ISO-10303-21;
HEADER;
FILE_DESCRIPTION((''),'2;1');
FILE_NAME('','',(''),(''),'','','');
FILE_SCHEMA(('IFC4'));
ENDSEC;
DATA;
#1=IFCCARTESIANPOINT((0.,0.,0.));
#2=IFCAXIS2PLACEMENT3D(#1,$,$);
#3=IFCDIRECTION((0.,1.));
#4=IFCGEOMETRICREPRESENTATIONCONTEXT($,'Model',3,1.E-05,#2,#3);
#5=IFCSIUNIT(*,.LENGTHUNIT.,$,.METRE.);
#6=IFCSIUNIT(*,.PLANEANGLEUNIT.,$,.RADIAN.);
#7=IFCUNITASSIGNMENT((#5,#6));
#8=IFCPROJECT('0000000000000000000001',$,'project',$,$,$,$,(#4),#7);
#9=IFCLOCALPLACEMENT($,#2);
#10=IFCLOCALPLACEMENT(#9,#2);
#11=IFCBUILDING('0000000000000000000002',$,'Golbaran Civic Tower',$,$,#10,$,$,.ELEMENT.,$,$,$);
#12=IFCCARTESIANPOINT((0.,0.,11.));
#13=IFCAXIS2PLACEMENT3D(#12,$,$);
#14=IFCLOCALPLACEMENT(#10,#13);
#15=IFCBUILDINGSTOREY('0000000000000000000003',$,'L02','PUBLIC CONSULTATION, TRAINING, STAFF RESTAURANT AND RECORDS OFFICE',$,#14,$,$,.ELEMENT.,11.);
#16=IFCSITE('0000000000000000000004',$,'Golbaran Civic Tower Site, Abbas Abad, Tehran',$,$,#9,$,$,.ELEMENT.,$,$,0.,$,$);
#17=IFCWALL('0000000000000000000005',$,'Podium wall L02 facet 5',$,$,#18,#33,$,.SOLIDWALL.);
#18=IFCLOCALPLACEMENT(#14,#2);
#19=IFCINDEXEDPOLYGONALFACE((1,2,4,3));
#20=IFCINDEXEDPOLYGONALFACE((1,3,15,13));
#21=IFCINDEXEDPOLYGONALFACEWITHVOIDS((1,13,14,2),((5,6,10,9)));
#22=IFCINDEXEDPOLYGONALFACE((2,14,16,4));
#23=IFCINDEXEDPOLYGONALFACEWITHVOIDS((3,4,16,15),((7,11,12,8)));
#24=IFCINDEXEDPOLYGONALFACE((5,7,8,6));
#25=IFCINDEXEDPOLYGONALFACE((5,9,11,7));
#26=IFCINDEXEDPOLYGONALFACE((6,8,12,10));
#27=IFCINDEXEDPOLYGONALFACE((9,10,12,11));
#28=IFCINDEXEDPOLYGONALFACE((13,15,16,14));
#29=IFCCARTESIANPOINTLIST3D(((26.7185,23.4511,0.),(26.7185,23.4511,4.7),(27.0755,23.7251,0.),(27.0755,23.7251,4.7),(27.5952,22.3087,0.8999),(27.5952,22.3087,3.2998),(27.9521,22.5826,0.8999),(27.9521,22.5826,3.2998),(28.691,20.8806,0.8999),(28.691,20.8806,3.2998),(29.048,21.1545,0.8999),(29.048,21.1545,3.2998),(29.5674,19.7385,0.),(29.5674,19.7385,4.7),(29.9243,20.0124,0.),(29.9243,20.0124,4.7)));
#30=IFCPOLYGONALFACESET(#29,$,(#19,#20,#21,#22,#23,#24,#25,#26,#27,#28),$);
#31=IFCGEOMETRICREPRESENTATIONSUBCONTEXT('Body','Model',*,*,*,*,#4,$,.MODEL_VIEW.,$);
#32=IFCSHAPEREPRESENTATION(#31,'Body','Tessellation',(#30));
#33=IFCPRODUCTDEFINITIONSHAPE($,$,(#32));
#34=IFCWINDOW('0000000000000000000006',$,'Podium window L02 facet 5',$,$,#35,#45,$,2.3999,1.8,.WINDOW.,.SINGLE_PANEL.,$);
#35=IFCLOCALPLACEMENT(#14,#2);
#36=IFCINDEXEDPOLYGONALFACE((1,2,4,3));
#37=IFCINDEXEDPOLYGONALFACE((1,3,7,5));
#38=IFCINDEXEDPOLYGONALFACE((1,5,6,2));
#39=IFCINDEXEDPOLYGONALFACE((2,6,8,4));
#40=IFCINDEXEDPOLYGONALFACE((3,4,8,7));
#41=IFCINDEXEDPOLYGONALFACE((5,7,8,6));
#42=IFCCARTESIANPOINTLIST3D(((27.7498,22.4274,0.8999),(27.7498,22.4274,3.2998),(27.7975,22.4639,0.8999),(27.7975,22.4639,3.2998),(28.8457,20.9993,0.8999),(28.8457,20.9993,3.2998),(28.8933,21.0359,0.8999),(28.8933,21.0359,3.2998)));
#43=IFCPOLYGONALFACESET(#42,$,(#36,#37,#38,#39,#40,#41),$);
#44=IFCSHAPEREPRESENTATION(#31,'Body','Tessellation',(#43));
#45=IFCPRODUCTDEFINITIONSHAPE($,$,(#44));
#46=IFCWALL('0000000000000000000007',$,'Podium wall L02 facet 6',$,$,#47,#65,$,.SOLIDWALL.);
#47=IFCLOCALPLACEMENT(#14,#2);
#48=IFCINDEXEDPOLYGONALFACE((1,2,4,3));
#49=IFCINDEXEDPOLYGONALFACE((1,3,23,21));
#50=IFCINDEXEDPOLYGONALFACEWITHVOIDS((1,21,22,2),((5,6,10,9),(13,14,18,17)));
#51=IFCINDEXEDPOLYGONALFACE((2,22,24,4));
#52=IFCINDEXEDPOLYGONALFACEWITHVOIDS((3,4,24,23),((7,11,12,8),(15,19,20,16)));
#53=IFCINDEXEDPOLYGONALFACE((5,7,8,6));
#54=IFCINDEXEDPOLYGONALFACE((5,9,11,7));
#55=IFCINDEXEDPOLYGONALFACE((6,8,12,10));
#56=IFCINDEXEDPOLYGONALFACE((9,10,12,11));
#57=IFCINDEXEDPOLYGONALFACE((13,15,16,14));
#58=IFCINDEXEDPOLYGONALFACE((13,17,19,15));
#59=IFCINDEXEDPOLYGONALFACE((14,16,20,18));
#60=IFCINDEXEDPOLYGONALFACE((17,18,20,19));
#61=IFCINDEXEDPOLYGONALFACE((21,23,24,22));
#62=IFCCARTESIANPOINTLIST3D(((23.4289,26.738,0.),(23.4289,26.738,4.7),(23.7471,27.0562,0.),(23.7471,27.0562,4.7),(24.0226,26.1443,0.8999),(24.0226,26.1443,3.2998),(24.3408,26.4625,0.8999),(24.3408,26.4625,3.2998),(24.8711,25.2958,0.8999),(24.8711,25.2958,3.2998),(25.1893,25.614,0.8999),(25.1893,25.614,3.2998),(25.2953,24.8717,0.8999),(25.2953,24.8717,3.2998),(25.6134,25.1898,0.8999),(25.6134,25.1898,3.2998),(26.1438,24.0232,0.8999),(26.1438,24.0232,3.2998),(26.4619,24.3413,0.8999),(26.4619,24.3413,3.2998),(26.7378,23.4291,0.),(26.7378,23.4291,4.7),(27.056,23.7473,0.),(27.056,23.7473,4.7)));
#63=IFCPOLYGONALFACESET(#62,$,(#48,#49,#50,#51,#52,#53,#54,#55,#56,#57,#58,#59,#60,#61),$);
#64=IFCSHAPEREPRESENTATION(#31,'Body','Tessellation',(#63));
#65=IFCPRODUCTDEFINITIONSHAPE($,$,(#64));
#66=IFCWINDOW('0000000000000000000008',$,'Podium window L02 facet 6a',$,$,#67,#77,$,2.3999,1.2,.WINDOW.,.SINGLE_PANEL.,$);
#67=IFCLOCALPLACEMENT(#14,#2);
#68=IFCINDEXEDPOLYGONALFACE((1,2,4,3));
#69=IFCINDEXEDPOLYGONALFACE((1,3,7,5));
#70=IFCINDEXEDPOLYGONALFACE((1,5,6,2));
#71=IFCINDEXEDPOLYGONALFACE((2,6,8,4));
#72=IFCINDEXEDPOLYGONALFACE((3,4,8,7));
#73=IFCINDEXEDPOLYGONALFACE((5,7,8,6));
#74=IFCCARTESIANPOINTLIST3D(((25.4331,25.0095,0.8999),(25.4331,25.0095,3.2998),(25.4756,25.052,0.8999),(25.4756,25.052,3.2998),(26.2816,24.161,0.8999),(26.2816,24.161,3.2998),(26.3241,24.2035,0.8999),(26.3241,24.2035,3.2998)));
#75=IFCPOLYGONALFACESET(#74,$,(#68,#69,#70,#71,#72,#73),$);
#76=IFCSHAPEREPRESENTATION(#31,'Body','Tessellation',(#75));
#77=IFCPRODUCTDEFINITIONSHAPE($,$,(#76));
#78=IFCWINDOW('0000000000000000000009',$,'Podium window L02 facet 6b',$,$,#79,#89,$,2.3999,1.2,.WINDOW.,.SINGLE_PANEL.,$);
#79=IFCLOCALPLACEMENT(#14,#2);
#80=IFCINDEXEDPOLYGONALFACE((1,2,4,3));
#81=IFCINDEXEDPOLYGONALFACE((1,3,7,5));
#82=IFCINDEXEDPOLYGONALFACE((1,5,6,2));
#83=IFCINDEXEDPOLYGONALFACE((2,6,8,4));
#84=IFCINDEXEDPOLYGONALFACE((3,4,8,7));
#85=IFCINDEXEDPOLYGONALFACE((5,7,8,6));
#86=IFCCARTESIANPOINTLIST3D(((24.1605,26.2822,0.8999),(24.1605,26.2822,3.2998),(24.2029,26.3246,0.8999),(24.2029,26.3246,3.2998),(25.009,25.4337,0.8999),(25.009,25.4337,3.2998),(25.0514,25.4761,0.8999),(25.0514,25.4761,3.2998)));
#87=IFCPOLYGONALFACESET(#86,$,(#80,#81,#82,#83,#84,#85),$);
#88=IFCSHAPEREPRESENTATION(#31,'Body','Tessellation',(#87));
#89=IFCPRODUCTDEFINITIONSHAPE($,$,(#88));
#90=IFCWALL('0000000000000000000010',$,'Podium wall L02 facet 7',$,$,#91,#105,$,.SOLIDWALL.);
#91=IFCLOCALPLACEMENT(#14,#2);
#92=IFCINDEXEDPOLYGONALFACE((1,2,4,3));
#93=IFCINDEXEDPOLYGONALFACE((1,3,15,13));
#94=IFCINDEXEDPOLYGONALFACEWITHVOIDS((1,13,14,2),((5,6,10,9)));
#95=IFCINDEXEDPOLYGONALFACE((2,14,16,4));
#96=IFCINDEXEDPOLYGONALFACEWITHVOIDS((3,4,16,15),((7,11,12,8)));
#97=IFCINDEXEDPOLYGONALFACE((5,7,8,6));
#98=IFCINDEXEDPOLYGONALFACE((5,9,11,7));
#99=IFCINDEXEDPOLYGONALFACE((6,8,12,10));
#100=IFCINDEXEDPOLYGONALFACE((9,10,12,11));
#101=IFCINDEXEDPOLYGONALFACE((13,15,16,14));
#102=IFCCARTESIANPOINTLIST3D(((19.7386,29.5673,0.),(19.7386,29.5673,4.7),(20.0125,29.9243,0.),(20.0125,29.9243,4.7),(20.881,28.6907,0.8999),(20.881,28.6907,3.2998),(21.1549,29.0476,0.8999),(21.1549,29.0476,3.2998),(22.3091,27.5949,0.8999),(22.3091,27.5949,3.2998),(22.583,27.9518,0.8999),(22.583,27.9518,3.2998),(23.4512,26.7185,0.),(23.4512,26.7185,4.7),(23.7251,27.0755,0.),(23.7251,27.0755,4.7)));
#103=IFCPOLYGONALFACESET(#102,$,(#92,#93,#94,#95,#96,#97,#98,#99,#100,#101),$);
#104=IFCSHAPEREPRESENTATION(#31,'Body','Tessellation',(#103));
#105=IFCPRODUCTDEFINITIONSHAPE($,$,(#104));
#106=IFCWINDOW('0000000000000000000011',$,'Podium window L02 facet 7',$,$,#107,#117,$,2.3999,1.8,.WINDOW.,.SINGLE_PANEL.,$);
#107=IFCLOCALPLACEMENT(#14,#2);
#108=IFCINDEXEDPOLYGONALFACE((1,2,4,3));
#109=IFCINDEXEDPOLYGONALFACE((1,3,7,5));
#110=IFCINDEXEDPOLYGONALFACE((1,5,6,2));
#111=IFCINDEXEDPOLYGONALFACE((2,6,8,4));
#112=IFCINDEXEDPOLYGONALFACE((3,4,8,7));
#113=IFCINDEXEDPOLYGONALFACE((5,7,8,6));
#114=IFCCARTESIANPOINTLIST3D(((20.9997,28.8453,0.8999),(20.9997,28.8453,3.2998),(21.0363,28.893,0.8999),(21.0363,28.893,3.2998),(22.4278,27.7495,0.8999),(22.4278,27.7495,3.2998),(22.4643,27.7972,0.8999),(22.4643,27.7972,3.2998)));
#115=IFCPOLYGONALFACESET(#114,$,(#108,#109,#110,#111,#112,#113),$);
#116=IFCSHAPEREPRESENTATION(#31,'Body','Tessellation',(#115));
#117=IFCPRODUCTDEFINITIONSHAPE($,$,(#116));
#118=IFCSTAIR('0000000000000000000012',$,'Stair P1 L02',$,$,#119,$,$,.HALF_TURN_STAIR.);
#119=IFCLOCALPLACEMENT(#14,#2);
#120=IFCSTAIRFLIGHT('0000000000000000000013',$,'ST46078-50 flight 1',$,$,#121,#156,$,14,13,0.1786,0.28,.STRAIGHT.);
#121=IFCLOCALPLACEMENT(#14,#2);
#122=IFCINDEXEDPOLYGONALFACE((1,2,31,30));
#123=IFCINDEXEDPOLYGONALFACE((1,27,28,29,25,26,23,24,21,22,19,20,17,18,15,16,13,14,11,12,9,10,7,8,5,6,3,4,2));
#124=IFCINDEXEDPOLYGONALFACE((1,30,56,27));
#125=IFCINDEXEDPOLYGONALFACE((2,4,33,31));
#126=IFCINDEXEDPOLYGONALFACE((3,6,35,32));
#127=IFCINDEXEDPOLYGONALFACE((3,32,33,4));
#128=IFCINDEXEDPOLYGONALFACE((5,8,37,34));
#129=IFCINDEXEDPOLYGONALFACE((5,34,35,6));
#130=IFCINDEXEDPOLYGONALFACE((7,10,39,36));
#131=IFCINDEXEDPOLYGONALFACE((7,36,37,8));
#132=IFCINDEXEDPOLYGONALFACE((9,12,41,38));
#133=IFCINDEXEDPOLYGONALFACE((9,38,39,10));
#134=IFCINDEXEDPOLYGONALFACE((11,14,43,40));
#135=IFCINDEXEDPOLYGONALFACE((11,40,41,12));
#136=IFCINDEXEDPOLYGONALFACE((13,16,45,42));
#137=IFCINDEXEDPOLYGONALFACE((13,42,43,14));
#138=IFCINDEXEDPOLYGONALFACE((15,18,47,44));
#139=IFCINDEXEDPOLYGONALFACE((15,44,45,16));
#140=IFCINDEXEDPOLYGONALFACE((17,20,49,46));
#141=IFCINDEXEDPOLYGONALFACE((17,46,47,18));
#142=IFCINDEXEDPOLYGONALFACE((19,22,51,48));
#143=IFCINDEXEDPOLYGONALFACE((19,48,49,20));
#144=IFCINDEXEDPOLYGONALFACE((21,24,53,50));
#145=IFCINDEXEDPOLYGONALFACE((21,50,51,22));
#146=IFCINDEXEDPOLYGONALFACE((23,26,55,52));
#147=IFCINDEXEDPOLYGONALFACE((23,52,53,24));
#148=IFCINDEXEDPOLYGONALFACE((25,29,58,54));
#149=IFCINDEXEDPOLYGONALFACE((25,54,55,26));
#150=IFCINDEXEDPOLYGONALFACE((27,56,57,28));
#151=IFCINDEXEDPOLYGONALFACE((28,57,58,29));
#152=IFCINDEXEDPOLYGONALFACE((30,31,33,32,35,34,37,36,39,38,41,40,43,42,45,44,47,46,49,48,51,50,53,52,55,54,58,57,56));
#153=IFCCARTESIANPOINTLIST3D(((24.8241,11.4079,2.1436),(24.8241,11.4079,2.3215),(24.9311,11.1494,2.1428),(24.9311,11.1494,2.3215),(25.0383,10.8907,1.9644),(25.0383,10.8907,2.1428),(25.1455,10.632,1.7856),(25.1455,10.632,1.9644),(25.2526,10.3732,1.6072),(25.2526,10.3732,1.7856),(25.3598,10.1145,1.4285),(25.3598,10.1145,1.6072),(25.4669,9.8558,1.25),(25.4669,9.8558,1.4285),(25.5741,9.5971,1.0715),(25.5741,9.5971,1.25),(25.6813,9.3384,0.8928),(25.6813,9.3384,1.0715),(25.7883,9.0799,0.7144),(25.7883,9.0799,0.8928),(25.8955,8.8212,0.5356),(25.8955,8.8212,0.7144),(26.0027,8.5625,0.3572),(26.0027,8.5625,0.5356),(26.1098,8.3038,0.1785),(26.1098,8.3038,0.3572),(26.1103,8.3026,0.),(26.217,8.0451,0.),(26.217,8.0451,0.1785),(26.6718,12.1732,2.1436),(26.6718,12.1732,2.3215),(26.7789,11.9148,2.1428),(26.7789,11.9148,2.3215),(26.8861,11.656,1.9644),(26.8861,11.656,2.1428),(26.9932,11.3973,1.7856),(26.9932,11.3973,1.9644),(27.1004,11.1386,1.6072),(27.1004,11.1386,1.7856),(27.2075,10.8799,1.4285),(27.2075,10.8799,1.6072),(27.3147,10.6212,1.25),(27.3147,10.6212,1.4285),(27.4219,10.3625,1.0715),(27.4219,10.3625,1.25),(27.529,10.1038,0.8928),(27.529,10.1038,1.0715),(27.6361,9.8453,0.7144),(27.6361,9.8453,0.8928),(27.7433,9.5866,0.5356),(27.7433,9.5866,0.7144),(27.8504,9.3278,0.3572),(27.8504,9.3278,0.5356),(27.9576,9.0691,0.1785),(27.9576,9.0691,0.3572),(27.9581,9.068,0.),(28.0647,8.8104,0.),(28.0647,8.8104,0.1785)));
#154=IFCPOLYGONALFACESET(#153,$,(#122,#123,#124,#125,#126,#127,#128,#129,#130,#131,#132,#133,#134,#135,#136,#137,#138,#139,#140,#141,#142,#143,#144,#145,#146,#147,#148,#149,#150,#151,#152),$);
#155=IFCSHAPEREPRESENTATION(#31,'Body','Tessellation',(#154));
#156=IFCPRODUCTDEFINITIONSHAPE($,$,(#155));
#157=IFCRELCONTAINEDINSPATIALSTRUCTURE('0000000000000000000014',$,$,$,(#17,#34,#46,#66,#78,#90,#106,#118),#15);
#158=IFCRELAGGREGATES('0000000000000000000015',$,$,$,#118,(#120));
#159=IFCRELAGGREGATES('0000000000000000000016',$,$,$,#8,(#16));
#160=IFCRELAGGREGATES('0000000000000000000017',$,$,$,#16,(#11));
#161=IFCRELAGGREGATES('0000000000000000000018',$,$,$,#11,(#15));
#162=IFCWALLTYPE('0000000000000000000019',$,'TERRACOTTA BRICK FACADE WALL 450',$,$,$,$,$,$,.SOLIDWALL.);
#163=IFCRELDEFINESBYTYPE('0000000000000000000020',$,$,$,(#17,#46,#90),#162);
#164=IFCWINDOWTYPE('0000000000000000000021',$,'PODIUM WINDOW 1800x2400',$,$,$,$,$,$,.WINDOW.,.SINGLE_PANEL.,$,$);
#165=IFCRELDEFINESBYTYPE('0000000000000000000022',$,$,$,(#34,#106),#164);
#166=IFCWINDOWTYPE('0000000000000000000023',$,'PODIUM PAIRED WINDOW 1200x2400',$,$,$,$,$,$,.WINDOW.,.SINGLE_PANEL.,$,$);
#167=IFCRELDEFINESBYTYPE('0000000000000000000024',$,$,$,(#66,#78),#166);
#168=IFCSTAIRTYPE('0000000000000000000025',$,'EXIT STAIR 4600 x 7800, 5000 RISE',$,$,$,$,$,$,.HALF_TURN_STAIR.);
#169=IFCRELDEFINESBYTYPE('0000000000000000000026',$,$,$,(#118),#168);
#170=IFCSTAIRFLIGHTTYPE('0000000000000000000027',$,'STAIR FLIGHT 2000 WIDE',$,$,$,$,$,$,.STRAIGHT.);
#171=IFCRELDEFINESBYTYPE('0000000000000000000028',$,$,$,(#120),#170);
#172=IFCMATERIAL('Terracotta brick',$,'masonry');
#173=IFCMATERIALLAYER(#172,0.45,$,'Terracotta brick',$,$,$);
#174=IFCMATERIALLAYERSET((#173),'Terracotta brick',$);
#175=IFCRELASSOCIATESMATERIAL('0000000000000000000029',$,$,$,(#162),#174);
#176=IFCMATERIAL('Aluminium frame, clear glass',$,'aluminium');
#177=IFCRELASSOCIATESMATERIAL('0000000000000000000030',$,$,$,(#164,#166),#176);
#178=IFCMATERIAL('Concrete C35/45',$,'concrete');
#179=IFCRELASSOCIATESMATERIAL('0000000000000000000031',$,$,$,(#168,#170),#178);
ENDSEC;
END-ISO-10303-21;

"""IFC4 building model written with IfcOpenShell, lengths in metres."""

from ifc_helpers import new_model, si_unit, direction, frame, frame_2d, origin, place, context, subcontext, project, spatial, polyline, rectangle, outline, extrude, material, layer, layer_set, type_object, element, fill, aggregate, save


model = new_model("IFC4")

# Units and contexts
model_context = context("Model", 3, precision=1e-05, world=origin(), true_north=direction((0.0, 1.0)))
body_context = subcontext(model_context, "Body", "Model", "MODEL_VIEW")
ifc_project = project(units=[si_unit("LENGTHUNIT", "METRE"), si_unit("PLANEANGLEUNIT", "RADIAN")], contexts=[model_context])

# Site, building, storey
site_placement = place(None, origin())
site = spatial("IfcSite", under=ifc_project, at=site_placement, Name="Golbaran Civic Tower Site, Abbas Abad, Tehran", CompositionType="ELEMENT", RefElevation=0.0)
building_placement = place(site_placement, origin())
building = spatial("IfcBuilding", under=site, at=building_placement, Name="Golbaran Civic Tower", CompositionType="ELEMENT")
storey_placement = place(building_placement, frame((0.0, 0.0, 11.0)))
storey = spatial("IfcBuildingStorey", under=building, at=storey_placement, Name="L02", Description="PUBLIC CONSULTATION, TRAINING, STAFF RESTAURANT AND RECORDS OFFICE", CompositionType="ELEMENT", Elevation=11.0)

# Wall, opening, window
ifc_material_1 = material(Name="Terracotta brick", Category="masonry")
ifc_layer_1 = layer(ifc_material_1, 0.45, Name="Terracotta brick")
ifc_layer_set_1 = layer_set([ifc_layer_1], Name="Terracotta brick")
wall_type_1 = type_object("IfcWallType", Name="TERRACOTTA BRICK FACADE WALL 450", PredefinedType="SOLIDWALL", material=ifc_layer_set_1)
ifc_material_2 = material(Name="Aluminium frame, clear glass", Category="aluminium")
window_type_1 = type_object("IfcWindowType", Name="PODIUM WINDOW 1800x2400", PartitioningType="SINGLE_PANEL", PredefinedType="WINDOW", material=ifc_material_2)
wall_1_placement = place(storey_placement, frame((29.7458, 19.8755, 0.0), z_axis=(0.0, 0.0, 1.0), x_axis=(-0.60877, 0.793347, 0.0)))
wall_1 = element("IfcWall", 1, at=wall_1_placement, inside=storey, type_object=wall_type_1, Name="Podium wall L02 facet 5", PredefinedType="SOLIDWALL", context=body_context, shape_type="SweptSolid", body=[
    extrude(rectangle(XDim=4.6797, YDim=0.45, at=frame_2d((2.3398, 0.0))), origin(), (0.0, 0.0, 1.0), 4.7),
])
opening_1_placement = place(wall_1_placement, frame((1.4397, 0.0, 0.8999)))
opening_1 = element("IfcOpeningElement", 2, at=opening_1_placement, cuts=wall_1, PredefinedType="OPENING", context=body_context, shape_type="SweptSolid", body=[
    extrude(rectangle(XDim=1.8, YDim=2.3999, at=frame_2d((0.8999, 1.2))), frame((0.0, 0.2349, 0.0), z_axis=(0.0, -1.0, 0.0), x_axis=(1.0, 0.0, 0.0)), (0.0, 0.0, 1.0), 0.47),
])
window_1_placement = place(opening_1_placement, origin())
window_1 = element("IfcWindow", 3, at=window_1_placement, inside=storey, type_object=window_type_1, Name="Podium window L02 facet 5", OverallHeight=2.3999, OverallWidth=1.8, PartitioningType="SINGLE_PANEL", PredefinedType="WINDOW", context=body_context, shape_type="SweptSolid", body=[
    extrude(rectangle(XDim=1.8, YDim=2.3999, at=frame_2d((0.8999, 1.2))), frame((0.0, 0.03, 0.0), z_axis=(0.0, -1.0, 0.0), x_axis=(1.0, 0.0, 0.0)), (0.0, 0.0, 1.0), 0.0601),
])
fill(opening_1, window_1)

# Wall, openings, windows
wall_2_placement = place(storey_placement, frame((26.897, 23.5881, 0.0), z_axis=(0.0, 0.0, 1.0), x_axis=(-0.707107, 0.707107, 0.0)))
wall_2 = element("IfcWall", 4, at=wall_2_placement, inside=storey, type_object=wall_type_1, Name="Podium wall L02 facet 6", PredefinedType="SOLIDWALL", context=body_context, shape_type="SweptSolid", body=[
    extrude(rectangle(XDim=4.6794, YDim=0.45, at=frame_2d((2.3398, 0.0))), origin(), (0.0, 0.0, 1.0), 4.7),
])
opening_2_placement = place(wall_2_placement, frame((0.8401, 0.0, 0.8999)))
opening_2 = element("IfcOpeningElement", 5, at=opening_2_placement, cuts=wall_2, PredefinedType="OPENING", context=body_context, shape_type="SweptSolid", body=[
    extrude(rectangle(XDim=1.2, YDim=2.3999, at=frame_2d((0.6001, 1.2))), frame((0.0, 0.2349, 0.0), z_axis=(0.0, -1.0, 0.0), x_axis=(1.0, 0.0, 0.0)), (0.0, 0.0, 1.0), 0.47),
])
opening_3_placement = place(wall_2_placement, frame((2.6399, 0.0, 0.8999)))
opening_3 = element("IfcOpeningElement", 6, at=opening_3_placement, cuts=wall_2, PredefinedType="OPENING", context=body_context, shape_type="SweptSolid", body=[
    extrude(rectangle(XDim=1.2, YDim=2.3999, at=frame_2d((0.6001, 1.2))), frame((0.0, 0.2349, 0.0), z_axis=(0.0, -1.0, 0.0), x_axis=(1.0, 0.0, 0.0)), (0.0, 0.0, 1.0), 0.47),
])
window_type_2 = type_object("IfcWindowType", Name="PODIUM PAIRED WINDOW 1200x2400", PartitioningType="SINGLE_PANEL", PredefinedType="WINDOW", material=ifc_material_2)
window_2_placement = place(opening_2_placement, origin())
window_2 = element("IfcWindow", 7, at=window_2_placement, inside=storey, type_object=window_type_2, Name="Podium window L02 facet 6a", OverallHeight=2.3999, OverallWidth=1.2, PartitioningType="SINGLE_PANEL", PredefinedType="WINDOW", context=body_context, shape_type="SweptSolid", body=[
    extrude(rectangle(XDim=1.2, YDim=2.3999, at=frame_2d((0.6001, 1.2))), frame((0.0, 0.03, 0.0), z_axis=(0.0, -1.0, 0.0), x_axis=(1.0, 0.0, 0.0)), (0.0, 0.0, 1.0), 0.0601),
])
fill(opening_2, window_2)
window_3_placement = place(opening_3_placement, origin())
window_3 = element("IfcWindow", 8, at=window_3_placement, inside=storey, type_object=window_type_2, Name="Podium window L02 facet 6b", OverallHeight=2.3999, OverallWidth=1.2, PartitioningType="SINGLE_PANEL", PredefinedType="WINDOW", context=body_context, shape_type="SweptSolid", body=[
    extrude(rectangle(XDim=1.2, YDim=2.3999, at=frame_2d((0.6001, 1.2))), frame((0.0, 0.03, 0.0), z_axis=(0.0, -1.0, 0.0), x_axis=(1.0, 0.0, 0.0)), (0.0, 0.0, 1.0), 0.0601),
])
fill(opening_3, window_3)

# Wall, opening, window
wall_3_placement = place(storey_placement, frame((23.5881, 26.897, 0.0), z_axis=(0.0, 0.0, 1.0), x_axis=(-0.793347, 0.60877, 0.0)))
wall_3 = element("IfcWall", 9, at=wall_3_placement, inside=storey, type_object=wall_type_1, Name="Podium wall L02 facet 7", PredefinedType="SOLIDWALL", context=body_context, shape_type="SweptSolid", body=[
    extrude(rectangle(XDim=4.6797, YDim=0.45, at=frame_2d((2.3398, 0.0))), origin(), (0.0, 0.0, 1.0), 4.7),
])
opening_4_placement = place(wall_3_placement, frame((1.4397, 0.0, 0.8999)))
opening_4 = element("IfcOpeningElement", 10, at=opening_4_placement, cuts=wall_3, PredefinedType="OPENING", context=body_context, shape_type="SweptSolid", body=[
    extrude(rectangle(XDim=1.8, YDim=2.3999, at=frame_2d((0.8999, 1.2))), frame((0.0, 0.2349, 0.0), z_axis=(0.0, -1.0, 0.0), x_axis=(1.0, 0.0, 0.0)), (0.0, 0.0, 1.0), 0.47),
])
window_4_placement = place(opening_4_placement, origin())
window_4 = element("IfcWindow", 11, at=window_4_placement, inside=storey, type_object=window_type_1, Name="Podium window L02 facet 7", OverallHeight=2.3999, OverallWidth=1.8, PartitioningType="SINGLE_PANEL", PredefinedType="WINDOW", context=body_context, shape_type="SweptSolid", body=[
    extrude(rectangle(XDim=1.8, YDim=2.3999, at=frame_2d((0.8999, 1.2))), frame((0.0, 0.03, 0.0), z_axis=(0.0, -1.0, 0.0), x_axis=(1.0, 0.0, 0.0)), (0.0, 0.0, 1.0), 0.0601),
])
fill(opening_4, window_4)

# Stair, stair flight
ifc_material_3 = material(Name="Concrete C35/45", Category="concrete")
stair_type = type_object("IfcStairType", Name="EXIT STAIR 4600 x 7800, 5000 RISE", PredefinedType="HALF_TURN_STAIR", material=ifc_material_3)
stair_placement = place(storey_placement, origin())
stair = element("IfcStair", 12, at=stair_placement, inside=storey, type_object=stair_type, Name="Stair P1 L02", PredefinedType="HALF_TURN_STAIR")
stair_flight_type = type_object("IfcStairFlightType", Name="STAIR FLIGHT 2000 WIDE", PredefinedType="STRAIGHT", material=ifc_material_3)
stair_flight_1_placement = place(storey_placement, frame((27.1409, 8.4277, 0.0), z_axis=(0.0, 0.0, 1.0), x_axis=(-0.382683, 0.92388, 0.0)))
stair_flight_1 = element("IfcStairFlight", 13, at=stair_flight_1_placement, type_object=stair_flight_type, Name="ST46078-50 flight 1", NumberOfRisers=14, NumberOfTreads=13, PredefinedType="STRAIGHT", RiserHeight=0.1786, TreadLength=0.28, context=body_context, shape_type="SweptSolid", body=[
    extrude(outline(polyline([(0.0, 0.0), (0.0, 0.1785), (0.28, 0.1785), (0.28, 0.3572), (0.5601, 0.3572), (0.5601, 0.5356), (0.8401, 0.5356), (0.8401, 0.7144), (1.1201, 0.7144), (1.1201, 0.8928), (1.3999, 0.8928), (1.3999, 1.0715), (1.6799, 1.0715), (1.6799, 1.25), (1.96, 1.25), (1.96, 1.4285), (2.24, 1.4285), (2.24, 1.6072), (2.52, 1.6072), (2.52, 1.7856), (2.8, 1.7856), (2.8, 1.9644), (3.0801, 1.9644), (3.0801, 2.1428), (3.3601, 2.1428), (3.3601, 2.3215), (3.6399, 2.3215), (3.6399, 2.5), (3.6399, 2.1436), (0.2788, 0.0), (0.0, 0.0)])), frame((0.0, 1.0, 0.0), z_axis=(0.0, -1.0, 0.0), x_axis=(1.0, 0.0, 0.0)), (0.0, 0.0, 1.0), 2.0),
])
aggregate(stair, [stair_flight_1])

save(model, "model.ifc")
